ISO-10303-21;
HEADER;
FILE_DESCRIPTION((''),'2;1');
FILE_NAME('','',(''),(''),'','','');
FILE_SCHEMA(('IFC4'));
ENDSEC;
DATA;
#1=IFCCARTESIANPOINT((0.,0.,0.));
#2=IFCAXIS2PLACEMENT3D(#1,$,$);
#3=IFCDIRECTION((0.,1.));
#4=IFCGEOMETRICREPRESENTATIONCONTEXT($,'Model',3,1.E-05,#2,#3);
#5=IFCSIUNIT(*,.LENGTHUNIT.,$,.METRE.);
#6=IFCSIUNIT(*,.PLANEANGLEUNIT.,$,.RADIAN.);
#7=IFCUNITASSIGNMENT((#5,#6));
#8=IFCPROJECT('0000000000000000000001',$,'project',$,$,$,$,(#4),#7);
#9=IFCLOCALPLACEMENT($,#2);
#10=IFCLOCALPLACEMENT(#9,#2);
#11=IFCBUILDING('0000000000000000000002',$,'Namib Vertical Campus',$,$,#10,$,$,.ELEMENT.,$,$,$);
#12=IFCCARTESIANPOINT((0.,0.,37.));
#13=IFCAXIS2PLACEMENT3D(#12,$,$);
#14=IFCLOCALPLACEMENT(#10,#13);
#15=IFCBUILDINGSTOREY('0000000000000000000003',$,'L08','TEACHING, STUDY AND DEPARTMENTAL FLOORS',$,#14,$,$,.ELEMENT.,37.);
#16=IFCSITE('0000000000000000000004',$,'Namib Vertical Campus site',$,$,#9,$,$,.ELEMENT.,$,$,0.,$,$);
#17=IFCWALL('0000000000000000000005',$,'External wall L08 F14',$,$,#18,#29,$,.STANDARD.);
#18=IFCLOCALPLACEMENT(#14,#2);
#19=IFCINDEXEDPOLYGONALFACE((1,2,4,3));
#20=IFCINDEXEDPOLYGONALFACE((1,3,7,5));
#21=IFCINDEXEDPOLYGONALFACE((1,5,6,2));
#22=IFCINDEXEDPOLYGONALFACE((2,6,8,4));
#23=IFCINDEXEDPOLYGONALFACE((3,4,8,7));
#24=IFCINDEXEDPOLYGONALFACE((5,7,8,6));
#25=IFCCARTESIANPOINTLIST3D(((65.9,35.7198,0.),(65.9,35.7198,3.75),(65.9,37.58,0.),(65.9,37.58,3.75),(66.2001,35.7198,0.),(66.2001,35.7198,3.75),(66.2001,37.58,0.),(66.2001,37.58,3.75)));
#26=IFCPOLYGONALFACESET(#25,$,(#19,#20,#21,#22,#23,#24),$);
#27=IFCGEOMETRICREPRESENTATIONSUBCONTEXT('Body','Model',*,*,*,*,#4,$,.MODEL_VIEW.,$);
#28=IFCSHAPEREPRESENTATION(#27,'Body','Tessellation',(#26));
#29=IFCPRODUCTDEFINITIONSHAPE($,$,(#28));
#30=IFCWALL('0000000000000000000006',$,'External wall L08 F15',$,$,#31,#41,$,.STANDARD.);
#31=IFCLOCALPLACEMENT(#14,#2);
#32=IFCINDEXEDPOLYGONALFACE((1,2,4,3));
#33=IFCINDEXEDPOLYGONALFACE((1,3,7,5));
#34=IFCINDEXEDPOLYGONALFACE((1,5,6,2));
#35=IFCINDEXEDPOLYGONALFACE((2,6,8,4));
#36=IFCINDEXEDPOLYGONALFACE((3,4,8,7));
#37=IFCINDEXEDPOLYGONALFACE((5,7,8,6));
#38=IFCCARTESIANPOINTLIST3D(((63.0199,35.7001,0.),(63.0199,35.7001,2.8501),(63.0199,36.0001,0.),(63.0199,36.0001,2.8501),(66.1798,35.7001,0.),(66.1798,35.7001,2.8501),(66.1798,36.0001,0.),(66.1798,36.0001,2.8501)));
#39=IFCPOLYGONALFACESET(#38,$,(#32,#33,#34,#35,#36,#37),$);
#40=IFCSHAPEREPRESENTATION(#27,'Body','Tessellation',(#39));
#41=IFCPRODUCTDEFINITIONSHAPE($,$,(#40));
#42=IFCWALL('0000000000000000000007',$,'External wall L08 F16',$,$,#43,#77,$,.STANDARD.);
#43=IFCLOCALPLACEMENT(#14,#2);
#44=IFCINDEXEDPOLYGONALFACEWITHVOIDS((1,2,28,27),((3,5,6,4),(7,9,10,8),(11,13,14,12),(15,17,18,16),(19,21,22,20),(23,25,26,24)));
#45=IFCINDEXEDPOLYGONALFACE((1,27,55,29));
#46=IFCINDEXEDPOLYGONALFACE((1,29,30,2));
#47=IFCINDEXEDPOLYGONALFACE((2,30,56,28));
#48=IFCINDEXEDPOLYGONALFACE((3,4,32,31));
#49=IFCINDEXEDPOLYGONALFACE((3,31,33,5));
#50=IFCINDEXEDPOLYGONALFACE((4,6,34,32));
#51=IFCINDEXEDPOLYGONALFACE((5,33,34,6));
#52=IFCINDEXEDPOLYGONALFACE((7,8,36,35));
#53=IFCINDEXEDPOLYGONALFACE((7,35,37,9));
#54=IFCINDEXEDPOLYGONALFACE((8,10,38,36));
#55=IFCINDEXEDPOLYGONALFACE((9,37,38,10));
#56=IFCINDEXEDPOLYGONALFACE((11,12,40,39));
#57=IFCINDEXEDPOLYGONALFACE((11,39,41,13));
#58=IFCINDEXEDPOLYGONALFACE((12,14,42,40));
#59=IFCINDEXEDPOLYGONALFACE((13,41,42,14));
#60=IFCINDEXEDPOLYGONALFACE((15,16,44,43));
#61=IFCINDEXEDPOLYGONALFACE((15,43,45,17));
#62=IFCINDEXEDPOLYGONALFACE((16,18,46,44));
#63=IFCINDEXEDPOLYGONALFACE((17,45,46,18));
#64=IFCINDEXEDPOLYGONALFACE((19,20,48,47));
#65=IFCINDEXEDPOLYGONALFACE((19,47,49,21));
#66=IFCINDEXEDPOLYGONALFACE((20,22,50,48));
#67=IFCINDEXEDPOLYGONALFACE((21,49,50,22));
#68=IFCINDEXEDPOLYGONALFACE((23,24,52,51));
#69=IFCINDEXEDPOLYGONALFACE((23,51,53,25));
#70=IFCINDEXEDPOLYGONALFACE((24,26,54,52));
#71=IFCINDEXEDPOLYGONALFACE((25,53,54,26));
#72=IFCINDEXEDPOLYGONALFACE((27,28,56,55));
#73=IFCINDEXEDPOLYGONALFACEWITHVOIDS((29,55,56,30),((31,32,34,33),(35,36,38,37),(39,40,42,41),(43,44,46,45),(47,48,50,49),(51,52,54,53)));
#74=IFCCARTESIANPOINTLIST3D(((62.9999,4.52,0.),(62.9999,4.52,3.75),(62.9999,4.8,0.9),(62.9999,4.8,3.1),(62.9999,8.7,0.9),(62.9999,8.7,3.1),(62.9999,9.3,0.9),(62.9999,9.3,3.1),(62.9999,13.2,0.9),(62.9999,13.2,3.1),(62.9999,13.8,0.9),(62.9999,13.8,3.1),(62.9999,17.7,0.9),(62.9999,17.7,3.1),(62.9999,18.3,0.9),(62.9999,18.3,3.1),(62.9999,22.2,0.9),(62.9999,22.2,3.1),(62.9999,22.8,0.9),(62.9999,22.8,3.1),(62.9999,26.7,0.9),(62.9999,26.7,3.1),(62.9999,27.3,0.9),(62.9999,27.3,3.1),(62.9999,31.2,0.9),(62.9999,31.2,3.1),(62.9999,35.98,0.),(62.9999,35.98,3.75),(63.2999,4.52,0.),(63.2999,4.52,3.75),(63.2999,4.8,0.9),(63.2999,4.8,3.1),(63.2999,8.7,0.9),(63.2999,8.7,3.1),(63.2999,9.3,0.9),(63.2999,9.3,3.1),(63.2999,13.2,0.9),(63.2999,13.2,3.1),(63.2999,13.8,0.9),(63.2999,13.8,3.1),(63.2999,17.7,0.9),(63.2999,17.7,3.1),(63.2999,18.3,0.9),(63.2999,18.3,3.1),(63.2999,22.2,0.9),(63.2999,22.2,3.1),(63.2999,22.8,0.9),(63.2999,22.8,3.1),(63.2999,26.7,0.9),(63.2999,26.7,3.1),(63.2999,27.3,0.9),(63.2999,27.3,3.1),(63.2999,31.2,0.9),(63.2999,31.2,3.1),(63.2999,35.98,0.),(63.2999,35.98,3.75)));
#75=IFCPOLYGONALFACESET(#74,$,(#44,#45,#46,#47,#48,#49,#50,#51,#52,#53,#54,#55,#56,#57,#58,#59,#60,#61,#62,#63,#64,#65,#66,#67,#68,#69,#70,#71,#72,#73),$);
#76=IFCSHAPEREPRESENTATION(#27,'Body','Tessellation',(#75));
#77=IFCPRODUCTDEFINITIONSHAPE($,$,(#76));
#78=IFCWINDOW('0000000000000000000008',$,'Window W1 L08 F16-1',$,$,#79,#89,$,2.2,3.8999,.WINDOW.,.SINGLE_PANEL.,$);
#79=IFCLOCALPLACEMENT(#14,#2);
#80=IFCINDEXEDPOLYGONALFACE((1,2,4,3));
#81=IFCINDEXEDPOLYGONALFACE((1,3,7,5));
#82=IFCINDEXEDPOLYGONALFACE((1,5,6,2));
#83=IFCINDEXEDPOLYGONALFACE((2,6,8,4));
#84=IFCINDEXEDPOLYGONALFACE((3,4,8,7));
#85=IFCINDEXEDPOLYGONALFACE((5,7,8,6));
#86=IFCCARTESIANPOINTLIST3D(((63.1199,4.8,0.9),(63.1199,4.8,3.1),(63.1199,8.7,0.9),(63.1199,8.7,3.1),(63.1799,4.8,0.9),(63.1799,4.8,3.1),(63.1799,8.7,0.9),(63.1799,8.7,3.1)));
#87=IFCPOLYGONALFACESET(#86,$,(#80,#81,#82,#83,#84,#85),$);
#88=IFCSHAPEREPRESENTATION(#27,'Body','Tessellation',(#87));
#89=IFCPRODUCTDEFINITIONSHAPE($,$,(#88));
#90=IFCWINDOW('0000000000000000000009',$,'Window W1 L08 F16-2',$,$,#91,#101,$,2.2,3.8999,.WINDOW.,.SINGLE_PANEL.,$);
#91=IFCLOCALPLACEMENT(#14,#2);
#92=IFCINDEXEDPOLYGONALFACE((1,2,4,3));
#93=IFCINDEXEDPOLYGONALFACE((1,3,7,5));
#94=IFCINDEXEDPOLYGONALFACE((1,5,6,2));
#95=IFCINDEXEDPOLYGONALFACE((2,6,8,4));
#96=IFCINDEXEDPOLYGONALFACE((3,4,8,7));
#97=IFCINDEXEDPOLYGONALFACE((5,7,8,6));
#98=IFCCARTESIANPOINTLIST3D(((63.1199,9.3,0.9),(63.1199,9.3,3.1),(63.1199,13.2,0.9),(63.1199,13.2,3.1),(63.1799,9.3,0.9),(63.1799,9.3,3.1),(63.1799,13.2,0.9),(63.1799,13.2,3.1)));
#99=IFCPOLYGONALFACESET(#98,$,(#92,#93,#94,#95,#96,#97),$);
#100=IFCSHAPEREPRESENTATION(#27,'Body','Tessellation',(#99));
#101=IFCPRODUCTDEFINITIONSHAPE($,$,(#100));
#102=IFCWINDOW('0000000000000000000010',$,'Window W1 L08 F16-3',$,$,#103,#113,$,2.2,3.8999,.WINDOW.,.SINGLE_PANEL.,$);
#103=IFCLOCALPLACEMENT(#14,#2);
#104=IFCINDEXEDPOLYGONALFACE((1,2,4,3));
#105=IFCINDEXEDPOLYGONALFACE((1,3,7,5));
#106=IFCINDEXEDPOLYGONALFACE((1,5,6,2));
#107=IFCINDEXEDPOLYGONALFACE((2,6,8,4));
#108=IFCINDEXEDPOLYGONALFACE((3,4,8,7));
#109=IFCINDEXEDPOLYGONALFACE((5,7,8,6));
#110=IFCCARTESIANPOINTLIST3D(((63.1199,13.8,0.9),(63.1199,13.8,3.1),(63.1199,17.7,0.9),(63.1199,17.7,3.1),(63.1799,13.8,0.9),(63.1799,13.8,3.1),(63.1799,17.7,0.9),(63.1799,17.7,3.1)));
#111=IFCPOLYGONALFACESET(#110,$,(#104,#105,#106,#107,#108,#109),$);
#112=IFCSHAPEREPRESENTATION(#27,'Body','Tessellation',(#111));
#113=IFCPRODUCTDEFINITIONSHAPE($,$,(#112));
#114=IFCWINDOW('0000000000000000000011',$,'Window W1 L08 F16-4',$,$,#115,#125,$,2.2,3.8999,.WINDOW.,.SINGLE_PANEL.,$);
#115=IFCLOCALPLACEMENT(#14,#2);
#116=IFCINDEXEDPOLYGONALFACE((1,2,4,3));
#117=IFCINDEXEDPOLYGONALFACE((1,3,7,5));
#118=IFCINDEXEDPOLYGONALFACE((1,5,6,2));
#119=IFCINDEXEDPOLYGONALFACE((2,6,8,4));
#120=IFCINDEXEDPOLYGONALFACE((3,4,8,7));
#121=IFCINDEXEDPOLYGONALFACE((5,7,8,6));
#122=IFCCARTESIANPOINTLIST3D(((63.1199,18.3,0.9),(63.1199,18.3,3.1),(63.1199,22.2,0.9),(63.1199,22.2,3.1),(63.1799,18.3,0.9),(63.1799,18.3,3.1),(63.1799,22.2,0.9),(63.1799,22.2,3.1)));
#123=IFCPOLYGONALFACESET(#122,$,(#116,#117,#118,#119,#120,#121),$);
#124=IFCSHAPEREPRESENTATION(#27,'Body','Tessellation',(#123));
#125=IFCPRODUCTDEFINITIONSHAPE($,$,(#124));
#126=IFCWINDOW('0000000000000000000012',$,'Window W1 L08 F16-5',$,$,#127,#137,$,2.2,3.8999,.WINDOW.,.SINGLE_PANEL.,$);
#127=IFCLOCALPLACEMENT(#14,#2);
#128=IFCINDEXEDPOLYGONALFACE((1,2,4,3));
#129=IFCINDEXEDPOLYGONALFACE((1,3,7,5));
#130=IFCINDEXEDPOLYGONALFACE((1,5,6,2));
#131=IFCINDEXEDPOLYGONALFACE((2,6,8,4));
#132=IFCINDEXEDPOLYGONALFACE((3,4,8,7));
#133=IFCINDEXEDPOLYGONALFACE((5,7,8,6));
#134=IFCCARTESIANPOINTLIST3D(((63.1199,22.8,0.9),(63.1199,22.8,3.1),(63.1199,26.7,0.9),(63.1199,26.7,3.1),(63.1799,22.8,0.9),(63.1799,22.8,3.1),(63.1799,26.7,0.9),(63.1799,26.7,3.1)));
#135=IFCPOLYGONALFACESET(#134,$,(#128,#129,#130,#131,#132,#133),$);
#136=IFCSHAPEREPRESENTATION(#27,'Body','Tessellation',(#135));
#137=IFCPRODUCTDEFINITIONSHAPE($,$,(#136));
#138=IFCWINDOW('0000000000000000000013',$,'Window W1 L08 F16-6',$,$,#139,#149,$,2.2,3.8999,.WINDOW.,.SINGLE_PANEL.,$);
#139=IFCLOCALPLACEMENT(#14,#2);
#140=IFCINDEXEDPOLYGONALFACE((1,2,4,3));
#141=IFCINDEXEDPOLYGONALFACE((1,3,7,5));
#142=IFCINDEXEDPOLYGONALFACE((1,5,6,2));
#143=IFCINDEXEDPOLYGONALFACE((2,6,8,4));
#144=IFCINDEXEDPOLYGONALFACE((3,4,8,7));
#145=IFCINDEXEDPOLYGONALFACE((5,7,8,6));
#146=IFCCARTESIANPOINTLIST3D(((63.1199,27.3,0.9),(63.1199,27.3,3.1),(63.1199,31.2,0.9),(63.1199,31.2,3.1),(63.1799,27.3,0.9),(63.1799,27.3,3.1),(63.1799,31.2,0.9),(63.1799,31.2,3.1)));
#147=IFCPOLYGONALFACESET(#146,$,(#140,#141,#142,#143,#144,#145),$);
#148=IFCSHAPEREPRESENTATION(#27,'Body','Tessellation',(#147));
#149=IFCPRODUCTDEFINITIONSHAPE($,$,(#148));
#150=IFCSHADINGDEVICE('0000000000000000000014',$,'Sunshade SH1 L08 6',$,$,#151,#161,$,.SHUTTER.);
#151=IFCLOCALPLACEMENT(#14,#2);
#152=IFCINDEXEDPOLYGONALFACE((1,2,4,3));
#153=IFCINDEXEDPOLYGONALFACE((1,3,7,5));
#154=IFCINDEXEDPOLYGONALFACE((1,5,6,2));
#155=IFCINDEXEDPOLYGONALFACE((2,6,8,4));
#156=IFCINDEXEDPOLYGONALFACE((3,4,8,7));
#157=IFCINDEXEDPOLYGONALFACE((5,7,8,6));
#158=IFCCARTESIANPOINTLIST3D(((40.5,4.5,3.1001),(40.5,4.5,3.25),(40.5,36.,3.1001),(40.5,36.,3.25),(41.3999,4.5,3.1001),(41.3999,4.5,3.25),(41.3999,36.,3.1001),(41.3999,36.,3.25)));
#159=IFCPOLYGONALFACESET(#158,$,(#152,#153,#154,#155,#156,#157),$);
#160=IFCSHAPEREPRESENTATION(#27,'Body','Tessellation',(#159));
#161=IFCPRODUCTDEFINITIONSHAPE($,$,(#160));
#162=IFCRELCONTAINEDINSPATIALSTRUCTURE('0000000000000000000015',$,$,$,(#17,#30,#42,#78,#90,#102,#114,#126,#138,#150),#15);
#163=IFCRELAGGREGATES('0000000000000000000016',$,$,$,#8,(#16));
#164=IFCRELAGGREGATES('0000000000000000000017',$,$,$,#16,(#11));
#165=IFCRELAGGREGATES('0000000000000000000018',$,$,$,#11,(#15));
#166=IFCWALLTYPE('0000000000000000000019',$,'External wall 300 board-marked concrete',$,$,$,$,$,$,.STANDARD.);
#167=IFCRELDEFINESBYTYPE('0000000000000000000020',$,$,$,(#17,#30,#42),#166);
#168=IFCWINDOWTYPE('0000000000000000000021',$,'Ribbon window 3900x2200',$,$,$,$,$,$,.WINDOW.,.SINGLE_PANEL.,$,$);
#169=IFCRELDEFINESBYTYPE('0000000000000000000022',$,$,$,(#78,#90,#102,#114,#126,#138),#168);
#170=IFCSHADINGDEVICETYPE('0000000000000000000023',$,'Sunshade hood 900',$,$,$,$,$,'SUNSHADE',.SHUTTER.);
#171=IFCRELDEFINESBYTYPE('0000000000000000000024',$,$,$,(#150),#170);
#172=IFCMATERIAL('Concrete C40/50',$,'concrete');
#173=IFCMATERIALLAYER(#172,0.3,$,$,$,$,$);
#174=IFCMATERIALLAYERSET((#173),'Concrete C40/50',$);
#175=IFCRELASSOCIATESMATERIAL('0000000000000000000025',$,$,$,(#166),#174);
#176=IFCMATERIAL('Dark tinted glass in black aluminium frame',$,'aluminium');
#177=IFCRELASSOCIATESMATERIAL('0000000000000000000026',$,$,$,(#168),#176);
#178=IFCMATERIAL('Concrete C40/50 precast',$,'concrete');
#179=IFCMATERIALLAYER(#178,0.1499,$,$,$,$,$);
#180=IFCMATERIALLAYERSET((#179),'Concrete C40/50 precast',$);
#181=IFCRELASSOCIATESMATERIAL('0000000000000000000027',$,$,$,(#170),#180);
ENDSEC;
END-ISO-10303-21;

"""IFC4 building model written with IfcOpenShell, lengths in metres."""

from ifc_helpers import new_model, si_unit, direction, frame, frame_2d, origin, origin_2d, place, context, subcontext, project, spatial, rectangle, extrude, material, layer, layer_set, type_object, element, fill, save


model = new_model("IFC4")

# Units and contexts
model_context = context("Model", 3, precision=1e-05, world=origin(), true_north=direction((0.0, 1.0)))
body_context = subcontext(model_context, "Body", "Model", "MODEL_VIEW")
ifc_project = project(units=[si_unit("LENGTHUNIT", "METRE"), si_unit("PLANEANGLEUNIT", "RADIAN")], contexts=[model_context])

# Site, building, storey
site_placement = place(None, origin())
site = spatial("IfcSite", under=ifc_project, at=site_placement, Name="Namib Vertical Campus site", CompositionType="ELEMENT", RefElevation=0.0)
building_placement = place(site_placement, origin())
building = spatial("IfcBuilding", under=site, at=building_placement, Name="Namib Vertical Campus", CompositionType="ELEMENT")
storey_placement = place(building_placement, frame((0.0, 0.0, 37.0)))
storey = spatial("IfcBuildingStorey", under=building, at=storey_placement, Name="L08", Description="TEACHING, STUDY AND DEPARTMENTAL FLOORS", CompositionType="ELEMENT", Elevation=37.0)

# Walls
ifc_material_1 = material(Name="Concrete C40/50", Category="concrete")
ifc_layer_1 = layer(ifc_material_1, 0.3)
ifc_layer_set_1 = layer_set([ifc_layer_1], Name="Concrete C40/50")
wall_type_1 = type_object("IfcWallType", Name="External wall 300 board-marked concrete", PredefinedType="STANDARD", material=ifc_layer_set_1)
wall_1_placement = place(storey_placement, frame((66.05, 37.5801, 0.0), z_axis=(0.0, 0.0, 1.0), x_axis=(0.0, -1.0, 0.0)))
element("IfcWall", 1, at=wall_1_placement, inside=storey, type_object=wall_type_1, Name="External wall L08 F14", PredefinedType="STANDARD", context=body_context, shape_type="SweptSolid", body=[
    extrude(rectangle(XDim=1.8601, YDim=0.3, at=frame_2d((0.9302, 0.0))), origin(), (0.0, 0.0, 1.0), 3.75),
])
wall_2_placement = place(storey_placement, frame((66.1799, 35.8501, 0.0), z_axis=(0.0, 0.0, 1.0), x_axis=(-1.0, 0.0, 0.0)))
element("IfcWall", 2, at=wall_2_placement, inside=storey, type_object=wall_type_1, Name="External wall L08 F15", PredefinedType="STANDARD", context=body_context, shape_type="SweptSolid", body=[
    extrude(rectangle(XDim=3.1599, YDim=0.3, at=frame_2d((1.5801, 0.0))), origin(), (0.0, 0.0, 1.0), 2.8501),
])

# Wall, openings, windows
wall_3_placement = place(storey_placement, frame((63.1499, 35.98, 0.0), z_axis=(0.0, 0.0, 1.0), x_axis=(0.0, -1.0, 0.0)))
wall_3 = element("IfcWall", 3, at=wall_3_placement, inside=storey, type_object=wall_type_1, Name="External wall L08 F16", PredefinedType="STANDARD", context=body_context, shape_type="SweptSolid", body=[
    extrude(rectangle(XDim=31.46, YDim=0.3, at=frame_2d((15.73, 0.0))), origin(), (0.0, 0.0, 1.0), 3.75),
])
opening_1_placement = place(wall_3_placement, frame((27.28, 0.0, 0.8999)))
opening_1 = element("IfcOpeningElement", 4, at=opening_1_placement, cuts=wall_3, PredefinedType="OPENING", context=body_context, shape_type="SweptSolid", body=[
    extrude(rectangle(XDim=3.8999, YDim=2.2, at=frame_2d((1.95, 1.1001))), frame((0.0, 0.1599, 0.0), z_axis=(0.0, -1.0, 0.0), x_axis=(1.0, 0.0, 0.0)), (0.0, 0.0, 1.0), 0.3201),
])
opening_2_placement = place(wall_3_placement, frame((22.78, 0.0, 0.8999)))
opening_2 = element("IfcOpeningElement", 5, at=opening_2_placement, cuts=wall_3, PredefinedType="OPENING", context=body_context, shape_type="SweptSolid", body=[
    extrude(rectangle(XDim=3.8999, YDim=2.2, at=frame_2d((1.95, 1.1001))), frame((0.0, 0.1599, 0.0), z_axis=(0.0, -1.0, 0.0), x_axis=(1.0, 0.0, 0.0)), (0.0, 0.0, 1.0), 0.3201),
])
opening_3_placement = place(wall_3_placement, frame((18.28, 0.0, 0.8999)))
opening_3 = element("IfcOpeningElement", 6, at=opening_3_placement, cuts=wall_3, PredefinedType="OPENING", context=body_context, shape_type="SweptSolid", body=[
    extrude(rectangle(XDim=3.8999, YDim=2.2, at=frame_2d((1.95, 1.1001))), frame((0.0, 0.1599, 0.0), z_axis=(0.0, -1.0, 0.0), x_axis=(1.0, 0.0, 0.0)), (0.0, 0.0, 1.0), 0.3201),
])
opening_4_placement = place(wall_3_placement, frame((13.78, 0.0, 0.8999)))
opening_4 = element("IfcOpeningElement", 7, at=opening_4_placement, cuts=wall_3, PredefinedType="OPENING", context=body_context, shape_type="SweptSolid", body=[
    extrude(rectangle(XDim=3.8999, YDim=2.2, at=frame_2d((1.95, 1.1001))), frame((0.0, 0.1599, 0.0), z_axis=(0.0, -1.0, 0.0), x_axis=(1.0, 0.0, 0.0)), (0.0, 0.0, 1.0), 0.3201),
])
opening_5_placement = place(wall_3_placement, frame((9.28, 0.0, 0.8999)))
opening_5 = element("IfcOpeningElement", 8, at=opening_5_placement, cuts=wall_3, PredefinedType="OPENING", context=body_context, shape_type="SweptSolid", body=[
    extrude(rectangle(XDim=3.8999, YDim=2.2, at=frame_2d((1.95, 1.1001))), frame((0.0, 0.1599, 0.0), z_axis=(0.0, -1.0, 0.0), x_axis=(1.0, 0.0, 0.0)), (0.0, 0.0, 1.0), 0.3201),
])
opening_6_placement = place(wall_3_placement, frame((4.78, 0.0, 0.8999)))
opening_6 = element("IfcOpeningElement", 9, at=opening_6_placement, cuts=wall_3, PredefinedType="OPENING", context=body_context, shape_type="SweptSolid", body=[
    extrude(rectangle(XDim=3.8999, YDim=2.2, at=frame_2d((1.95, 1.1001))), frame((0.0, 0.1599, 0.0), z_axis=(0.0, -1.0, 0.0), x_axis=(1.0, 0.0, 0.0)), (0.0, 0.0, 1.0), 0.3201),
])
ifc_material_2 = material(Name="Dark tinted glass in black aluminium frame", Category="aluminium")
window_type = type_object("IfcWindowType", Name="Ribbon window 3900x2200", PartitioningType="SINGLE_PANEL", PredefinedType="WINDOW", material=ifc_material_2)
window_1_placement = place(opening_1_placement, origin())
window_1 = element("IfcWindow", 10, at=window_1_placement, inside=storey, type_object=window_type, Name="Window W1 L08 F16-1", OverallHeight=2.2, OverallWidth=3.8999, PartitioningType="SINGLE_PANEL", PredefinedType="WINDOW", context=body_context, shape_type="SweptSolid", body=[
    extrude(rectangle(XDim=3.8999, YDim=2.2, at=frame_2d((1.95, 1.1001))), frame((0.0, 0.03, 0.0), z_axis=(0.0, -1.0, 0.0), x_axis=(1.0, 0.0, 0.0)), (0.0, 0.0, 1.0), 0.0601),
])
fill(opening_1, window_1)
window_2_placement = place(opening_2_placement, origin())
window_2 = element("IfcWindow", 11, at=window_2_placement, inside=storey, type_object=window_type, Name="Window W1 L08 F16-2", OverallHeight=2.2, OverallWidth=3.8999, PartitioningType="SINGLE_PANEL", PredefinedType="WINDOW", context=body_context, shape_type="SweptSolid", body=[
    extrude(rectangle(XDim=3.8999, YDim=2.2, at=frame_2d((1.95, 1.1001))), frame((0.0, 0.03, 0.0), z_axis=(0.0, -1.0, 0.0), x_axis=(1.0, 0.0, 0.0)), (0.0, 0.0, 1.0), 0.0601),
])
fill(opening_2, window_2)
window_3_placement = place(opening_3_placement, origin())
window_3 = element("IfcWindow", 12, at=window_3_placement, inside=storey, type_object=window_type, Name="Window W1 L08 F16-3", OverallHeight=2.2, OverallWidth=3.8999, PartitioningType="SINGLE_PANEL", PredefinedType="WINDOW", context=body_context, shape_type="SweptSolid", body=[
    extrude(rectangle(XDim=3.8999, YDim=2.2, at=frame_2d((1.95, 1.1001))), frame((0.0, 0.03, 0.0), z_axis=(0.0, -1.0, 0.0), x_axis=(1.0, 0.0, 0.0)), (0.0, 0.0, 1.0), 0.0601),
])
fill(opening_3, window_3)
window_4_placement = place(opening_4_placement, origin())
window_4 = element("IfcWindow", 13, at=window_4_placement, inside=storey, type_object=window_type, Name="Window W1 L08 F16-4", OverallHeight=2.2, OverallWidth=3.8999, PartitioningType="SINGLE_PANEL", PredefinedType="WINDOW", context=body_context, shape_type="SweptSolid", body=[
    extrude(rectangle(XDim=3.8999, YDim=2.2, at=frame_2d((1.95, 1.1001))), frame((0.0, 0.03, 0.0), z_axis=(0.0, -1.0, 0.0), x_axis=(1.0, 0.0, 0.0)), (0.0, 0.0, 1.0), 0.0601),
])
fill(opening_4, window_4)
window_5_placement = place(opening_5_placement, origin())
window_5 = element("IfcWindow", 14, at=window_5_placement, inside=storey, type_object=window_type, Name="Window W1 L08 F16-5", OverallHeight=2.2, OverallWidth=3.8999, PartitioningType="SINGLE_PANEL", PredefinedType="WINDOW", context=body_context, shape_type="SweptSolid", body=[
    extrude(rectangle(XDim=3.8999, YDim=2.2, at=frame_2d((1.95, 1.1001))), frame((0.0, 0.03, 0.0), z_axis=(0.0, -1.0, 0.0), x_axis=(1.0, 0.0, 0.0)), (0.0, 0.0, 1.0), 0.0601),
])
fill(opening_5, window_5)
window_6_placement = place(opening_6_placement, origin())
window_6 = element("IfcWindow", 15, at=window_6_placement, inside=storey, type_object=window_type, Name="Window W1 L08 F16-6", OverallHeight=2.2, OverallWidth=3.8999, PartitioningType="SINGLE_PANEL", PredefinedType="WINDOW", context=body_context, shape_type="SweptSolid", body=[
    extrude(rectangle(XDim=3.8999, YDim=2.2, at=frame_2d((1.95, 1.1001))), frame((0.0, 0.03, 0.0), z_axis=(0.0, -1.0, 0.0), x_axis=(1.0, 0.0, 0.0)), (0.0, 0.0, 1.0), 0.0601),
])
fill(opening_6, window_6)

# Shading device
ifc_material_3 = material(Name="Concrete C40/50 precast", Category="concrete")
ifc_layer_2 = layer(ifc_material_3, 0.1499)
ifc_layer_set_2 = layer_set([ifc_layer_2], Name="Concrete C40/50 precast")
shading_device_type = type_object("IfcShadingDeviceType", Name="Sunshade hood 900", ElementType="SUNSHADE", PredefinedType="SHUTTER", material=ifc_layer_set_2)
shading_device_1_placement = place(storey_placement, frame((40.95, 20.25, 3.1001), z_axis=(0.0, 0.0, 1.0), x_axis=(0.0, 1.0, 0.0)))
element("IfcShadingDevice", 16, at=shading_device_1_placement, inside=storey, type_object=shading_device_type, Name="Sunshade SH1 L08 6", PredefinedType="SHUTTER", context=body_context, shape_type="SweptSolid", body=[
    extrude(rectangle(XDim=31.5, YDim=0.8999, at=origin_2d()), origin(), (0.0, 0.0, 1.0), 0.1499),
])

save(model, "model.ifc")
